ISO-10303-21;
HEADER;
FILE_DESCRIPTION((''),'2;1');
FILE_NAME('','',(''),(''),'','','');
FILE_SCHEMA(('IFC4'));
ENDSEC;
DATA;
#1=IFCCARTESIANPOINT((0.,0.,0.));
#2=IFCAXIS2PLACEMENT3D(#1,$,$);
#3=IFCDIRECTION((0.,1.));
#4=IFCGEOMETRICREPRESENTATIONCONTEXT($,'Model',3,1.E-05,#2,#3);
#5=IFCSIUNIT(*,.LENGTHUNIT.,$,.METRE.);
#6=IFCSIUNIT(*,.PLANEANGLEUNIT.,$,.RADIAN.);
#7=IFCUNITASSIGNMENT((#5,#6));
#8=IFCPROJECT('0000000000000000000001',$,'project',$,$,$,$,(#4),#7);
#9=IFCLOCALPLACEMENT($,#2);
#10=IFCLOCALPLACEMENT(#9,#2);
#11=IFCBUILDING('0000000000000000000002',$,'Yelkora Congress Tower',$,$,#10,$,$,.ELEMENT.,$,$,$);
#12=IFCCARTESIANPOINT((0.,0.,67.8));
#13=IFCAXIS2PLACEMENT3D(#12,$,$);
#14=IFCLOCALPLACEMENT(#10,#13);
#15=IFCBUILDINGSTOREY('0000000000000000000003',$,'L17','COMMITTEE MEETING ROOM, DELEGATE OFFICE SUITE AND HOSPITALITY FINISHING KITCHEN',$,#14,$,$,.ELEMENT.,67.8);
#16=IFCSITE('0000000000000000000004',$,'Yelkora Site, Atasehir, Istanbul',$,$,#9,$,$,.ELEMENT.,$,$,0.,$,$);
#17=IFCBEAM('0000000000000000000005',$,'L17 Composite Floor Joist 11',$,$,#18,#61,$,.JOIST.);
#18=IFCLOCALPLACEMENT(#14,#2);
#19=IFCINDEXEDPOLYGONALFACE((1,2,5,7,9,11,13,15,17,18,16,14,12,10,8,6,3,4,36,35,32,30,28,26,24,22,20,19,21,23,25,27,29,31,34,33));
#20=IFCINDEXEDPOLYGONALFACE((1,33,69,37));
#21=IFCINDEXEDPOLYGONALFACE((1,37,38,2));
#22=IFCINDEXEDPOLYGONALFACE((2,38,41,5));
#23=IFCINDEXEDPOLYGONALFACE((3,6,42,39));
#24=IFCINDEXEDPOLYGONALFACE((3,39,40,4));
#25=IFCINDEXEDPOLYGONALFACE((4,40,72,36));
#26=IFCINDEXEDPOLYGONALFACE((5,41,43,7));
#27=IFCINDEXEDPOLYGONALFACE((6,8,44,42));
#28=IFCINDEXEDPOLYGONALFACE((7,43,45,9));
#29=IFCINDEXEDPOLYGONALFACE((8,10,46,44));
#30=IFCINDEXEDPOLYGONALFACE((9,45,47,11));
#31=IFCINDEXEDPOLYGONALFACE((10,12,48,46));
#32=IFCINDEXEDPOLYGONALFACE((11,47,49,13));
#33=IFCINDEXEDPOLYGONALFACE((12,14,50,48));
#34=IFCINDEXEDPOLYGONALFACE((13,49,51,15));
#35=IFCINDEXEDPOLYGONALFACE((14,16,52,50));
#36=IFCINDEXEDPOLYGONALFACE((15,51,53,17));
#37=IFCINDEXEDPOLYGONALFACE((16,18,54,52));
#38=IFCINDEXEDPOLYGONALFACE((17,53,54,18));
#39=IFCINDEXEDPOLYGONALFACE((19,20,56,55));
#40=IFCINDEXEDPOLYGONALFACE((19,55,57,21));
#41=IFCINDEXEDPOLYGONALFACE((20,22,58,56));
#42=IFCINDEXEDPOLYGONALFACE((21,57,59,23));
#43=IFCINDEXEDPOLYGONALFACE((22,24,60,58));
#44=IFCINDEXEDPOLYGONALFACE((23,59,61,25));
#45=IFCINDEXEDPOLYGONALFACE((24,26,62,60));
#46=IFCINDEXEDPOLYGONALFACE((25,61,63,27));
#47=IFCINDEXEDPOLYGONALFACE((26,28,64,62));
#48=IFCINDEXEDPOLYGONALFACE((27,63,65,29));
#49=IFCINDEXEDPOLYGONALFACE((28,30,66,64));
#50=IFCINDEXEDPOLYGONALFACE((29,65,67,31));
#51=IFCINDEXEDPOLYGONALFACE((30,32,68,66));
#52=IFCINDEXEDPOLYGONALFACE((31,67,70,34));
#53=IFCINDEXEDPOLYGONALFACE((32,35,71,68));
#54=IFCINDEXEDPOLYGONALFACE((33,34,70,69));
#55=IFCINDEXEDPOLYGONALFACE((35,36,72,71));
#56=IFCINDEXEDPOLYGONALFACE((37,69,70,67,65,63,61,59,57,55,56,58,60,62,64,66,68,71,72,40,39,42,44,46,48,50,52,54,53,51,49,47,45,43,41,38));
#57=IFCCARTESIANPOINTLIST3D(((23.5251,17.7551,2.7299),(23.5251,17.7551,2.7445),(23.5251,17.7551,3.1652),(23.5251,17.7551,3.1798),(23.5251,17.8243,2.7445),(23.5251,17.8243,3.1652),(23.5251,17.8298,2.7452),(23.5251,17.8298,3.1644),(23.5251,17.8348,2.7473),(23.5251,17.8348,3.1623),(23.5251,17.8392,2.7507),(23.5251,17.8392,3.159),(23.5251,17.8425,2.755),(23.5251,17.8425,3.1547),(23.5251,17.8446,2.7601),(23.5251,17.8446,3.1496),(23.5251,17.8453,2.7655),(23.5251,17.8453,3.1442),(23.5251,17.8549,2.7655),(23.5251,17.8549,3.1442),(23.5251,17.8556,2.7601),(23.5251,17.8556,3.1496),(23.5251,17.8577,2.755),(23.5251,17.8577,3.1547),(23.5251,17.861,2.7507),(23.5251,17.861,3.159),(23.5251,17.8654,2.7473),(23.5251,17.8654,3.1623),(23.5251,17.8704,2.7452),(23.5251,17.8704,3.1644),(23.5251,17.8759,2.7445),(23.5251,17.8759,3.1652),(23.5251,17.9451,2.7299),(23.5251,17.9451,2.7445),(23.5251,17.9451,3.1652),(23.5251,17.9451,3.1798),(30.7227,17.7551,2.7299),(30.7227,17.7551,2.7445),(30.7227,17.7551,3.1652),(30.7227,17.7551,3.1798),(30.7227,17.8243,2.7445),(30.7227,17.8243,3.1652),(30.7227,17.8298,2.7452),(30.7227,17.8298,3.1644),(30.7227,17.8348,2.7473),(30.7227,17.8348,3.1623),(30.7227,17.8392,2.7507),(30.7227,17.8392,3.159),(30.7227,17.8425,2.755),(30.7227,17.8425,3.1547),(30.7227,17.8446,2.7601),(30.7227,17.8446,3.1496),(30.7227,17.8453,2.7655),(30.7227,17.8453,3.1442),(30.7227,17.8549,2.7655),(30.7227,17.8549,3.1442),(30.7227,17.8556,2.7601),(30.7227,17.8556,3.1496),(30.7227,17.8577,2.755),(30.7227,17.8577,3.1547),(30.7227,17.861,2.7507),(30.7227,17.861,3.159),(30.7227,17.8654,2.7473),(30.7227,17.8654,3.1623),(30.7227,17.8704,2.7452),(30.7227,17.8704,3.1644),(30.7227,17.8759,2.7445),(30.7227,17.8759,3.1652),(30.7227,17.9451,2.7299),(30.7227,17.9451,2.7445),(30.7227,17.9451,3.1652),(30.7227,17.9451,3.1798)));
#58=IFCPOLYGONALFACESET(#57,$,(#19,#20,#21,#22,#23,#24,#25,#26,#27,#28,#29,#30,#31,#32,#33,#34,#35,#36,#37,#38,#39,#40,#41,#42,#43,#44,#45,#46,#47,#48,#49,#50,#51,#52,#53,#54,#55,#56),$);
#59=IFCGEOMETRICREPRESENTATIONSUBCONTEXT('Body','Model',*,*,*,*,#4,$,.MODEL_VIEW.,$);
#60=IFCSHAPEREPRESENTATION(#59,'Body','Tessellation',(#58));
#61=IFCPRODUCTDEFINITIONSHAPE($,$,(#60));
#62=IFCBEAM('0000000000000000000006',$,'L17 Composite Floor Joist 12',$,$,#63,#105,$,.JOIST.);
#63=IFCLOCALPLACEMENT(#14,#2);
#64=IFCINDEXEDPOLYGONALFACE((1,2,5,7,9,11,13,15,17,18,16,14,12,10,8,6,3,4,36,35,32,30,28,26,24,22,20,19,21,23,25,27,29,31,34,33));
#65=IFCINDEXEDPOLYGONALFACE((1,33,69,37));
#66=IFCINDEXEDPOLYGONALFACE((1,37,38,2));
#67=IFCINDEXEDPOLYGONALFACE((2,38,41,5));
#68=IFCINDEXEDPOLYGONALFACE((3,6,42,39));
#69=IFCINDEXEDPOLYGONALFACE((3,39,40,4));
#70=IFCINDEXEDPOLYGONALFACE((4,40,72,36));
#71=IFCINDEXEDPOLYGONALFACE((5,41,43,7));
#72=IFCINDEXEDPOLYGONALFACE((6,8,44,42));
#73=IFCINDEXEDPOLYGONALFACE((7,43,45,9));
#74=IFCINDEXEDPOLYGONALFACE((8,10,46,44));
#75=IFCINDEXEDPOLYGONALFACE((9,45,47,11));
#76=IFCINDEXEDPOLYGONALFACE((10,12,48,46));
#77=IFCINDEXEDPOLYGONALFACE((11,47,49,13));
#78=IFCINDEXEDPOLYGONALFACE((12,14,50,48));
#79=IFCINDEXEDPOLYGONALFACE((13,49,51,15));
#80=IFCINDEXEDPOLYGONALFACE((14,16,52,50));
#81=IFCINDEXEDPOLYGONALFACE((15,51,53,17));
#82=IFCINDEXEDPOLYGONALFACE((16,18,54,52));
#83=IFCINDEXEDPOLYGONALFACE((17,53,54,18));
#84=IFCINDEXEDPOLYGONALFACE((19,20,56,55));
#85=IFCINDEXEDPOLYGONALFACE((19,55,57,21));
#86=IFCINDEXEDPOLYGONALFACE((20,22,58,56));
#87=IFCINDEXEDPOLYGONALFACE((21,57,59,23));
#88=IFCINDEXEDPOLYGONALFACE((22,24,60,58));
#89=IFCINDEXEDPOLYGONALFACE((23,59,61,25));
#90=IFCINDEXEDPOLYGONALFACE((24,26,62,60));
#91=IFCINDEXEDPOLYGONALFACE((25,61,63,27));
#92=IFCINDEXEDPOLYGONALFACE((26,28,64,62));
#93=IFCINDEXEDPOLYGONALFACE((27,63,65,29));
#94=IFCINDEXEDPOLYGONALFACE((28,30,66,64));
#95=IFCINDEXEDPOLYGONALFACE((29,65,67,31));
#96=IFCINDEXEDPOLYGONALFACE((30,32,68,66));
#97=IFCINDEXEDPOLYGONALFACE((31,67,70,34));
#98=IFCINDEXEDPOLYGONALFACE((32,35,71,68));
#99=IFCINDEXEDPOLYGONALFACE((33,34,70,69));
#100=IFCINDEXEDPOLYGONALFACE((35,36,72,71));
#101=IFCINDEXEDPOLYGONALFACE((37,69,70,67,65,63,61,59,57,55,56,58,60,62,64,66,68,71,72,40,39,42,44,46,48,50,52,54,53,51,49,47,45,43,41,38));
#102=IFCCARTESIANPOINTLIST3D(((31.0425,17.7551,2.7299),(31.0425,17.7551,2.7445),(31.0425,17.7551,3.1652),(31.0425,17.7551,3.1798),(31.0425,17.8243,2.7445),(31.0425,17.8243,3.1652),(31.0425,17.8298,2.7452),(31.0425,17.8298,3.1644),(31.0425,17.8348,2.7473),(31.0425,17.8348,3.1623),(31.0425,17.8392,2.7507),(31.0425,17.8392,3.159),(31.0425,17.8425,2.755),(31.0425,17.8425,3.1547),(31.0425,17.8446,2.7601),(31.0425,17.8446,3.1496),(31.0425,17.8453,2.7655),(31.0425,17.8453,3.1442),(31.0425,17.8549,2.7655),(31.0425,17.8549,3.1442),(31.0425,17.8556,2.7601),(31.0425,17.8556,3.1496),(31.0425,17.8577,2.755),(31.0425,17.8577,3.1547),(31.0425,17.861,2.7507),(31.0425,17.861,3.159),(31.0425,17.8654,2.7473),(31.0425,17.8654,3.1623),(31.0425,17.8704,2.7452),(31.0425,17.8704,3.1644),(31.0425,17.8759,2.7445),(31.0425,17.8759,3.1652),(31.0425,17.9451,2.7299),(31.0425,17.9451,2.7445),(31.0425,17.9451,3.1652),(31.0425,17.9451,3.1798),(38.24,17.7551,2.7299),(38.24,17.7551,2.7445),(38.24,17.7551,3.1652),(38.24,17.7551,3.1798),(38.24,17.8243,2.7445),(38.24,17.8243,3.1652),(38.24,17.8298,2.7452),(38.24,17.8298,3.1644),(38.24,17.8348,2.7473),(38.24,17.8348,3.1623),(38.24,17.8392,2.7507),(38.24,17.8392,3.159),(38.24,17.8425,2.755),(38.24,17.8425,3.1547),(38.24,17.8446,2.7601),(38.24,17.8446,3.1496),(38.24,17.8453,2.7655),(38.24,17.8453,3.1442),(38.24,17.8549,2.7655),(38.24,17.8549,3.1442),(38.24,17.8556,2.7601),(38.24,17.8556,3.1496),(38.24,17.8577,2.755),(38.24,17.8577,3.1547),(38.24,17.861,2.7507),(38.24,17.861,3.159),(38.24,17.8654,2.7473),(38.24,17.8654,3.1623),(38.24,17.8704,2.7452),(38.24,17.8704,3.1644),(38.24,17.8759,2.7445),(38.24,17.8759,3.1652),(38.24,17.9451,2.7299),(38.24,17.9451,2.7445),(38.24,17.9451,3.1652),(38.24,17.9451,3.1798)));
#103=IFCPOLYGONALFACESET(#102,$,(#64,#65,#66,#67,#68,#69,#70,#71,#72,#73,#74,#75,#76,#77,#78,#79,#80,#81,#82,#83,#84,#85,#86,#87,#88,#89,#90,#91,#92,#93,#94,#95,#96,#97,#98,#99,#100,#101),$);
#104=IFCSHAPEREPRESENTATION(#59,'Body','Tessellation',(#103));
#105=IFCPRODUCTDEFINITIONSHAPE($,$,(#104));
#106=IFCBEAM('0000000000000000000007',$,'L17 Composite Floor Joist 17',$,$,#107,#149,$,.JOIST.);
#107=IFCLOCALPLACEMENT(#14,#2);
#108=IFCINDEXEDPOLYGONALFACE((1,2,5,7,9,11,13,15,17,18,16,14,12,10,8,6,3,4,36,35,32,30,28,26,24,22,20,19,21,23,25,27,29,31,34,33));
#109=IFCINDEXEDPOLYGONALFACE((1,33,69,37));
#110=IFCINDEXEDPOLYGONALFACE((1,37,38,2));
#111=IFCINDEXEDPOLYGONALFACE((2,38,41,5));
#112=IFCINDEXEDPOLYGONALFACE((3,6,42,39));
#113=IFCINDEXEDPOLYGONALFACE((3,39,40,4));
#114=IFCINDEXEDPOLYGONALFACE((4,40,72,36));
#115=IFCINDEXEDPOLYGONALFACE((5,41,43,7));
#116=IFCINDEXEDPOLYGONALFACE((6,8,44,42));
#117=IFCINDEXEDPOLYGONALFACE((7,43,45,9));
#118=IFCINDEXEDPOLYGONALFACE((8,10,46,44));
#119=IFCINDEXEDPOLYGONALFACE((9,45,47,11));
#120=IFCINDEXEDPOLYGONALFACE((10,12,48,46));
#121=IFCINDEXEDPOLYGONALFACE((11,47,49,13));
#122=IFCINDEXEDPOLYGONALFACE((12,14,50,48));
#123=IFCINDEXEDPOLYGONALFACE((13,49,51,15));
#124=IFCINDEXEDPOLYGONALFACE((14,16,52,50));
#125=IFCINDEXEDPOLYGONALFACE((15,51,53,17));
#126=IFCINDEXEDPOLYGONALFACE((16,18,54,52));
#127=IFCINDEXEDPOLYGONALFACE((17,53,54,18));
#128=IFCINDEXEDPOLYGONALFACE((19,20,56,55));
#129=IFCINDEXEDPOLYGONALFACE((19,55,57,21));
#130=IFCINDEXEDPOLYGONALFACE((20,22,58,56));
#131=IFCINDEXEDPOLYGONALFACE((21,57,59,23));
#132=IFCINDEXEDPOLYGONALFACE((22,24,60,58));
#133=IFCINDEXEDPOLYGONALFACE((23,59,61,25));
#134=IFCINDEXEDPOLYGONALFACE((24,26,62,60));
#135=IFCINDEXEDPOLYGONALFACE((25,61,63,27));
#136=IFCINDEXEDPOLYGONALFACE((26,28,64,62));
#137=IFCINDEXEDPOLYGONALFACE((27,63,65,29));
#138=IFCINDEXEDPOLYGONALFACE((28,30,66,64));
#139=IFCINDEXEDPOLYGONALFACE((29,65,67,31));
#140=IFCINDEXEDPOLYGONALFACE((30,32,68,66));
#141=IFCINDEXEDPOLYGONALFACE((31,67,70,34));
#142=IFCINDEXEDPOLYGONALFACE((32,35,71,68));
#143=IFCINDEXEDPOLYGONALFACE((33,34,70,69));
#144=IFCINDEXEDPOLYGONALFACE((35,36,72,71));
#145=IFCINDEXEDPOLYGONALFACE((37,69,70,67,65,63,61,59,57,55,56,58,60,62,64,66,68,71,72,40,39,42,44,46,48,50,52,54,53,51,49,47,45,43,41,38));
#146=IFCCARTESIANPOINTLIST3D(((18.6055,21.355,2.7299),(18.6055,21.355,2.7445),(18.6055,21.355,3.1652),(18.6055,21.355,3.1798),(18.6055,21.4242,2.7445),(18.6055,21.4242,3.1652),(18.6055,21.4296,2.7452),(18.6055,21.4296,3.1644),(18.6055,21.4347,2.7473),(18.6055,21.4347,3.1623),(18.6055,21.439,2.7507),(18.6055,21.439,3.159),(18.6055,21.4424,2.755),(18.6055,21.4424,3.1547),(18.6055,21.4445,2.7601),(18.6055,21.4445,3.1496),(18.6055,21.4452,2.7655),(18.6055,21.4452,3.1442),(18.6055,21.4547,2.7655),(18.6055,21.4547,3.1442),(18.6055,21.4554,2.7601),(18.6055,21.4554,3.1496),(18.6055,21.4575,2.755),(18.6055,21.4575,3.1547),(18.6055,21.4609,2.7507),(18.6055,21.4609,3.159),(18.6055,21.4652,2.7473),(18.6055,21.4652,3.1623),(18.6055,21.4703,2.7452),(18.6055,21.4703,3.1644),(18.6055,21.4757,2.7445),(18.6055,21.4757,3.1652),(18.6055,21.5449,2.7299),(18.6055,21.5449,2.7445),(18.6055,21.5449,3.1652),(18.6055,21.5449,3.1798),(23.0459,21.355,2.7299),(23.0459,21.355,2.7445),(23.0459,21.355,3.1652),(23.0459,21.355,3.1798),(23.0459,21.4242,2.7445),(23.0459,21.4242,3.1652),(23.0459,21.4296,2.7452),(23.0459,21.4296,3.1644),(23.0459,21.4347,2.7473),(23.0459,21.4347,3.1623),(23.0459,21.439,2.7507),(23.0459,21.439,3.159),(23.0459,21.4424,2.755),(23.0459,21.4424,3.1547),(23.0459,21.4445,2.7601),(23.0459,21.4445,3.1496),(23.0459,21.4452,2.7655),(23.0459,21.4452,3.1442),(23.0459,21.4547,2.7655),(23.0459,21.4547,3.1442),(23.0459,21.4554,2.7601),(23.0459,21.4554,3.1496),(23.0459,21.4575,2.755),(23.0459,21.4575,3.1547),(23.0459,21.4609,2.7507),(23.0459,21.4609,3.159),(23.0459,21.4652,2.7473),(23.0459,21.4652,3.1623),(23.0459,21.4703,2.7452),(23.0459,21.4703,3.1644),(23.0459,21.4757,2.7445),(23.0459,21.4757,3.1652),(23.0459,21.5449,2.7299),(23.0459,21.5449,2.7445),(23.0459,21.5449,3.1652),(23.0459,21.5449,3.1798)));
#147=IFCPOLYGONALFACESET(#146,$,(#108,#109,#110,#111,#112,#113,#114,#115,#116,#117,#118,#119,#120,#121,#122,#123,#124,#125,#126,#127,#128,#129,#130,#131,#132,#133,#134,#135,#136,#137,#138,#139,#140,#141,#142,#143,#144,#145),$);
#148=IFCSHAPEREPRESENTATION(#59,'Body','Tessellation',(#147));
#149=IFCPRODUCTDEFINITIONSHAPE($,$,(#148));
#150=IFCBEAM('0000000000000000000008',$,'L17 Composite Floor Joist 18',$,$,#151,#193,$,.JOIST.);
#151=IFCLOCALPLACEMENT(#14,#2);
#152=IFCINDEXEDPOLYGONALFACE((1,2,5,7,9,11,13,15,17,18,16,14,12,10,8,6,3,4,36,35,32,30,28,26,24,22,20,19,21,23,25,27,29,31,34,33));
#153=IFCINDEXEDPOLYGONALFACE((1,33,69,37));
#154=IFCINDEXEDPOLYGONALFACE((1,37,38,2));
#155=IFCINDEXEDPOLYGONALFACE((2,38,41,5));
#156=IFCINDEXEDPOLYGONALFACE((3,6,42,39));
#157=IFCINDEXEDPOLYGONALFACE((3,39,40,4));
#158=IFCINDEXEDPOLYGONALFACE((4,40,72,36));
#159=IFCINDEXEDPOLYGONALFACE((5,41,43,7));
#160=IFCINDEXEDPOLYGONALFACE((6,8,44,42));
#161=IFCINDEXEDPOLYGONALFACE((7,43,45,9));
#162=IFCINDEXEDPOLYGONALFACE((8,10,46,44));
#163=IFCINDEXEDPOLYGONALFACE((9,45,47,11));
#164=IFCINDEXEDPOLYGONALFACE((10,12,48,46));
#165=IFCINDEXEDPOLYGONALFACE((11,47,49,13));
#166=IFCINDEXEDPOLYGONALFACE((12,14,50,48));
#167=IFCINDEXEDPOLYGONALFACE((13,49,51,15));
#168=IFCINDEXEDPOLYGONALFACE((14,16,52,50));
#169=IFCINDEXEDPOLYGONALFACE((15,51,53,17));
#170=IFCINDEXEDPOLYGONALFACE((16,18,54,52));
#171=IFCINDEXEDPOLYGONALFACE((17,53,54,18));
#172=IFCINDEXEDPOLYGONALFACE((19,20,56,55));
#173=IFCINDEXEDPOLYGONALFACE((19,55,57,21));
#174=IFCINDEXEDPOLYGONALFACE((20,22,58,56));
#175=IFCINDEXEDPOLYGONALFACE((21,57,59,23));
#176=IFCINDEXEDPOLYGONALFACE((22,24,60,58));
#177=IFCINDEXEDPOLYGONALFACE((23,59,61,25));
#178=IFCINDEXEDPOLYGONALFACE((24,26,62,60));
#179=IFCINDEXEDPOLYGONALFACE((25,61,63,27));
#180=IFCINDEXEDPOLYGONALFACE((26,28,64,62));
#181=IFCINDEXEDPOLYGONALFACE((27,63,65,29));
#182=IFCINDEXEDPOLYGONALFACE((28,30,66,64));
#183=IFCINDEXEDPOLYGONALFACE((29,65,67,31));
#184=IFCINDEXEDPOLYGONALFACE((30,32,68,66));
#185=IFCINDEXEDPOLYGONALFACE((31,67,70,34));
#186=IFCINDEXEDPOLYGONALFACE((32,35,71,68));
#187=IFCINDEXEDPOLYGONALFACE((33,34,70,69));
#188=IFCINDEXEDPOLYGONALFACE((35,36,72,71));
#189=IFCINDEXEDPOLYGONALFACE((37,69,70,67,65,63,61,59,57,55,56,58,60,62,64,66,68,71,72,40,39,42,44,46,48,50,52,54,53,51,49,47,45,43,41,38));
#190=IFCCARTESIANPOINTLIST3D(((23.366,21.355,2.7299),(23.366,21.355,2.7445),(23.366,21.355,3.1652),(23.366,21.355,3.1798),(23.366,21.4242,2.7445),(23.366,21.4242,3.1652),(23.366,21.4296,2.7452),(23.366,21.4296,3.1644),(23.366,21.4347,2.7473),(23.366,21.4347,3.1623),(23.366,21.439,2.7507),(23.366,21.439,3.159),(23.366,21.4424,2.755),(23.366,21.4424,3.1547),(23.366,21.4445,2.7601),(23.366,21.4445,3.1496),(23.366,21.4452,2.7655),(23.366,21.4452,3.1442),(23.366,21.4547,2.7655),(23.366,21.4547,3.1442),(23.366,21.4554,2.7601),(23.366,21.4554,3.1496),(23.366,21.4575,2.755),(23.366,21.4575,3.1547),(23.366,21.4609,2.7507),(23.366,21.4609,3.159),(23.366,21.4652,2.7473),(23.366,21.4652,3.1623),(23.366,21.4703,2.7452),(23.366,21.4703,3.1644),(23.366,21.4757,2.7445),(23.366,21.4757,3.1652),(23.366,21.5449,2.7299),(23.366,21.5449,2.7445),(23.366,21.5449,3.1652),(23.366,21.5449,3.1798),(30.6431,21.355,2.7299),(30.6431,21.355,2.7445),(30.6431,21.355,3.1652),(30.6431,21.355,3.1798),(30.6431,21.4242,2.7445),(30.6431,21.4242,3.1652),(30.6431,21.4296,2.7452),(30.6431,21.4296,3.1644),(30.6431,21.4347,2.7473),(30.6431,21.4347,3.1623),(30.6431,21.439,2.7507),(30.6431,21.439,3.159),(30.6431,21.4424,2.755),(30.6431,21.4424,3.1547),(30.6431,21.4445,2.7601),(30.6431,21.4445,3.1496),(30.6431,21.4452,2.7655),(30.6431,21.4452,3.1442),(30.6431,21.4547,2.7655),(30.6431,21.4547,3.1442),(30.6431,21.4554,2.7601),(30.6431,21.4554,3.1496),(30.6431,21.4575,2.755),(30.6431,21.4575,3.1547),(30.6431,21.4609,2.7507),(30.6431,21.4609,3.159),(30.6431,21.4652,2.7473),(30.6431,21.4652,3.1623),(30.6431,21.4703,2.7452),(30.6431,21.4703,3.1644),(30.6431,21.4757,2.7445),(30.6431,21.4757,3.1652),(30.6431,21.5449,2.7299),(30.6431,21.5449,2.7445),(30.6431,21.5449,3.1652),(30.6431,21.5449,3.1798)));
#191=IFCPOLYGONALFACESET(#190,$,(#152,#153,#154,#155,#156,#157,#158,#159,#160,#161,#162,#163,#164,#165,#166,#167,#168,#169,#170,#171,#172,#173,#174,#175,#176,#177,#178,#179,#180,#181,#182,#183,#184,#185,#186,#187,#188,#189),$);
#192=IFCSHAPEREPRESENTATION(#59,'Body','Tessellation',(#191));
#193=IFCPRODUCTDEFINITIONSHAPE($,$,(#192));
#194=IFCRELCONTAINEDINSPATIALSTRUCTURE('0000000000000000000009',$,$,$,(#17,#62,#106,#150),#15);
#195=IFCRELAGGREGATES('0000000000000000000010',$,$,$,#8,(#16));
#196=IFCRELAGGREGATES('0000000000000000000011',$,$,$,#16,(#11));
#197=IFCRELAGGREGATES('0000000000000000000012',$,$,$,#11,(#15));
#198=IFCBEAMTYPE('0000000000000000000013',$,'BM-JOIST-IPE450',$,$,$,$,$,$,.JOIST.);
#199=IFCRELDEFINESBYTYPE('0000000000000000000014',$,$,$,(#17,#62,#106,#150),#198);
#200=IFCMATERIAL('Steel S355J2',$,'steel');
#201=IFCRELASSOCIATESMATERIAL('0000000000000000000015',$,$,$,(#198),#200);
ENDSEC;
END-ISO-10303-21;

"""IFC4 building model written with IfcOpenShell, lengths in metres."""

from ifc_helpers import new_model, si_unit, direction, frame, origin, origin_2d, place, context, subcontext, project, spatial, i_section, extrude, material, material_profile, profile_set, type_object, element, save


model = new_model("IFC4")

# Units and contexts
model_context = context("Model", 3, precision=1e-05, world=origin(), true_north=direction((0.0, 1.0)))
body_context = subcontext(model_context, "Body", "Model", "MODEL_VIEW")
ifc_project = project(units=[si_unit("LENGTHUNIT", "METRE"), si_unit("PLANEANGLEUNIT", "RADIAN")], contexts=[model_context])

# Site, building, storey
site_placement = place(None, origin())
site = spatial("IfcSite", under=ifc_project, at=site_placement, Name="Yelkora Site, Atasehir, Istanbul", CompositionType="ELEMENT", RefElevation=0.0)
building_placement = place(site_placement, origin())
building = spatial("IfcBuilding", under=site, at=building_placement, Name="Yelkora Congress Tower", CompositionType="ELEMENT")
storey_placement = place(building_placement, frame((0.0, 0.0, 67.8)))
storey = spatial("IfcBuildingStorey", under=building, at=storey_placement, Name="L17", Description="COMMITTEE MEETING ROOM, DELEGATE OFFICE SUITE AND HOSPITALITY FINISHING KITCHEN", CompositionType="ELEMENT", Elevation=67.8)

# Beams
ifc_material_1 = material(Name="Steel S355J2", Category="steel")
ifc_material_profile_1 = material_profile(ifc_material_1, i_section(OverallWidth=0.1899, OverallDepth=0.45, WebThickness=0.0095, FlangeThickness=0.0146, FilletRadius=0.021, at=origin_2d()), Name="IPE 450")
ifc_profile_set_1 = profile_set([ifc_material_profile_1], Name="Steel S355J2")
beam_type_1 = type_object("IfcBeamType", Name="BM-JOIST-IPE450", PredefinedType="JOIST", material=ifc_profile_set_1)
for number, where, z_axis, x_axis, name in (
    (1, (23.5251, 17.8501, 2.9548), (1.0, 0.0, 0.0), (0.0, 1.0, 0.0), "L17 Composite Floor Joist 11"),
    (2, (31.0425, 17.8501, 2.9548), (1.0, 0.0, 0.0), (0.0, 1.0, 0.0), "L17 Composite Floor Joist 12"),
):
    element("IfcBeam", number, at=place(storey_placement, frame(where, z_axis=z_axis, x_axis=x_axis)), inside=storey, type_object=beam_type_1, Name=name, PredefinedType="JOIST", context=body_context, shape_type="SweptSolid", body=[
        extrude(i_section(OverallWidth=0.1899, OverallDepth=0.45, WebThickness=0.0095, FlangeThickness=0.0146, FilletRadius=0.021, at=origin_2d()), origin(), (0.0, 0.0, 1.0), 7.1975),
    ])
beam_1_placement = place(storey_placement, frame((18.6055, 21.45, 2.9548), z_axis=(1.0, 0.0, 0.0), x_axis=(0.0, 1.0, 0.0)))
element("IfcBeam", 3, at=beam_1_placement, inside=storey, type_object=beam_type_1, Name="L17 Composite Floor Joist 17", PredefinedType="JOIST", context=body_context, shape_type="SweptSolid", body=[
    extrude(i_section(OverallWidth=0.1899, OverallDepth=0.45, WebThickness=0.0095, FlangeThickness=0.0146, FilletRadius=0.021, at=origin_2d()), origin(), (0.0, 0.0, 1.0), 4.4404),
])
for number, where, z_axis, x_axis, name in (
    (4, (23.366, 21.45, 2.9548), (1.0, 0.0, 0.0), (0.0, 1.0, 0.0), "L17 Composite Floor Joist 18"),
):
    element("IfcBeam", number, at=place(storey_placement, frame(where, z_axis=z_axis, x_axis=x_axis)), inside=storey, type_object=beam_type_1, Name=name, PredefinedType="JOIST", context=body_context, shape_type="SweptSolid", body=[
        extrude(i_section(OverallWidth=0.1899, OverallDepth=0.45, WebThickness=0.0095, FlangeThickness=0.0146, FilletRadius=0.021, at=origin_2d()), origin(), (0.0, 0.0, 1.0), 7.2771),
    ])

save(model, "model.ifc")
